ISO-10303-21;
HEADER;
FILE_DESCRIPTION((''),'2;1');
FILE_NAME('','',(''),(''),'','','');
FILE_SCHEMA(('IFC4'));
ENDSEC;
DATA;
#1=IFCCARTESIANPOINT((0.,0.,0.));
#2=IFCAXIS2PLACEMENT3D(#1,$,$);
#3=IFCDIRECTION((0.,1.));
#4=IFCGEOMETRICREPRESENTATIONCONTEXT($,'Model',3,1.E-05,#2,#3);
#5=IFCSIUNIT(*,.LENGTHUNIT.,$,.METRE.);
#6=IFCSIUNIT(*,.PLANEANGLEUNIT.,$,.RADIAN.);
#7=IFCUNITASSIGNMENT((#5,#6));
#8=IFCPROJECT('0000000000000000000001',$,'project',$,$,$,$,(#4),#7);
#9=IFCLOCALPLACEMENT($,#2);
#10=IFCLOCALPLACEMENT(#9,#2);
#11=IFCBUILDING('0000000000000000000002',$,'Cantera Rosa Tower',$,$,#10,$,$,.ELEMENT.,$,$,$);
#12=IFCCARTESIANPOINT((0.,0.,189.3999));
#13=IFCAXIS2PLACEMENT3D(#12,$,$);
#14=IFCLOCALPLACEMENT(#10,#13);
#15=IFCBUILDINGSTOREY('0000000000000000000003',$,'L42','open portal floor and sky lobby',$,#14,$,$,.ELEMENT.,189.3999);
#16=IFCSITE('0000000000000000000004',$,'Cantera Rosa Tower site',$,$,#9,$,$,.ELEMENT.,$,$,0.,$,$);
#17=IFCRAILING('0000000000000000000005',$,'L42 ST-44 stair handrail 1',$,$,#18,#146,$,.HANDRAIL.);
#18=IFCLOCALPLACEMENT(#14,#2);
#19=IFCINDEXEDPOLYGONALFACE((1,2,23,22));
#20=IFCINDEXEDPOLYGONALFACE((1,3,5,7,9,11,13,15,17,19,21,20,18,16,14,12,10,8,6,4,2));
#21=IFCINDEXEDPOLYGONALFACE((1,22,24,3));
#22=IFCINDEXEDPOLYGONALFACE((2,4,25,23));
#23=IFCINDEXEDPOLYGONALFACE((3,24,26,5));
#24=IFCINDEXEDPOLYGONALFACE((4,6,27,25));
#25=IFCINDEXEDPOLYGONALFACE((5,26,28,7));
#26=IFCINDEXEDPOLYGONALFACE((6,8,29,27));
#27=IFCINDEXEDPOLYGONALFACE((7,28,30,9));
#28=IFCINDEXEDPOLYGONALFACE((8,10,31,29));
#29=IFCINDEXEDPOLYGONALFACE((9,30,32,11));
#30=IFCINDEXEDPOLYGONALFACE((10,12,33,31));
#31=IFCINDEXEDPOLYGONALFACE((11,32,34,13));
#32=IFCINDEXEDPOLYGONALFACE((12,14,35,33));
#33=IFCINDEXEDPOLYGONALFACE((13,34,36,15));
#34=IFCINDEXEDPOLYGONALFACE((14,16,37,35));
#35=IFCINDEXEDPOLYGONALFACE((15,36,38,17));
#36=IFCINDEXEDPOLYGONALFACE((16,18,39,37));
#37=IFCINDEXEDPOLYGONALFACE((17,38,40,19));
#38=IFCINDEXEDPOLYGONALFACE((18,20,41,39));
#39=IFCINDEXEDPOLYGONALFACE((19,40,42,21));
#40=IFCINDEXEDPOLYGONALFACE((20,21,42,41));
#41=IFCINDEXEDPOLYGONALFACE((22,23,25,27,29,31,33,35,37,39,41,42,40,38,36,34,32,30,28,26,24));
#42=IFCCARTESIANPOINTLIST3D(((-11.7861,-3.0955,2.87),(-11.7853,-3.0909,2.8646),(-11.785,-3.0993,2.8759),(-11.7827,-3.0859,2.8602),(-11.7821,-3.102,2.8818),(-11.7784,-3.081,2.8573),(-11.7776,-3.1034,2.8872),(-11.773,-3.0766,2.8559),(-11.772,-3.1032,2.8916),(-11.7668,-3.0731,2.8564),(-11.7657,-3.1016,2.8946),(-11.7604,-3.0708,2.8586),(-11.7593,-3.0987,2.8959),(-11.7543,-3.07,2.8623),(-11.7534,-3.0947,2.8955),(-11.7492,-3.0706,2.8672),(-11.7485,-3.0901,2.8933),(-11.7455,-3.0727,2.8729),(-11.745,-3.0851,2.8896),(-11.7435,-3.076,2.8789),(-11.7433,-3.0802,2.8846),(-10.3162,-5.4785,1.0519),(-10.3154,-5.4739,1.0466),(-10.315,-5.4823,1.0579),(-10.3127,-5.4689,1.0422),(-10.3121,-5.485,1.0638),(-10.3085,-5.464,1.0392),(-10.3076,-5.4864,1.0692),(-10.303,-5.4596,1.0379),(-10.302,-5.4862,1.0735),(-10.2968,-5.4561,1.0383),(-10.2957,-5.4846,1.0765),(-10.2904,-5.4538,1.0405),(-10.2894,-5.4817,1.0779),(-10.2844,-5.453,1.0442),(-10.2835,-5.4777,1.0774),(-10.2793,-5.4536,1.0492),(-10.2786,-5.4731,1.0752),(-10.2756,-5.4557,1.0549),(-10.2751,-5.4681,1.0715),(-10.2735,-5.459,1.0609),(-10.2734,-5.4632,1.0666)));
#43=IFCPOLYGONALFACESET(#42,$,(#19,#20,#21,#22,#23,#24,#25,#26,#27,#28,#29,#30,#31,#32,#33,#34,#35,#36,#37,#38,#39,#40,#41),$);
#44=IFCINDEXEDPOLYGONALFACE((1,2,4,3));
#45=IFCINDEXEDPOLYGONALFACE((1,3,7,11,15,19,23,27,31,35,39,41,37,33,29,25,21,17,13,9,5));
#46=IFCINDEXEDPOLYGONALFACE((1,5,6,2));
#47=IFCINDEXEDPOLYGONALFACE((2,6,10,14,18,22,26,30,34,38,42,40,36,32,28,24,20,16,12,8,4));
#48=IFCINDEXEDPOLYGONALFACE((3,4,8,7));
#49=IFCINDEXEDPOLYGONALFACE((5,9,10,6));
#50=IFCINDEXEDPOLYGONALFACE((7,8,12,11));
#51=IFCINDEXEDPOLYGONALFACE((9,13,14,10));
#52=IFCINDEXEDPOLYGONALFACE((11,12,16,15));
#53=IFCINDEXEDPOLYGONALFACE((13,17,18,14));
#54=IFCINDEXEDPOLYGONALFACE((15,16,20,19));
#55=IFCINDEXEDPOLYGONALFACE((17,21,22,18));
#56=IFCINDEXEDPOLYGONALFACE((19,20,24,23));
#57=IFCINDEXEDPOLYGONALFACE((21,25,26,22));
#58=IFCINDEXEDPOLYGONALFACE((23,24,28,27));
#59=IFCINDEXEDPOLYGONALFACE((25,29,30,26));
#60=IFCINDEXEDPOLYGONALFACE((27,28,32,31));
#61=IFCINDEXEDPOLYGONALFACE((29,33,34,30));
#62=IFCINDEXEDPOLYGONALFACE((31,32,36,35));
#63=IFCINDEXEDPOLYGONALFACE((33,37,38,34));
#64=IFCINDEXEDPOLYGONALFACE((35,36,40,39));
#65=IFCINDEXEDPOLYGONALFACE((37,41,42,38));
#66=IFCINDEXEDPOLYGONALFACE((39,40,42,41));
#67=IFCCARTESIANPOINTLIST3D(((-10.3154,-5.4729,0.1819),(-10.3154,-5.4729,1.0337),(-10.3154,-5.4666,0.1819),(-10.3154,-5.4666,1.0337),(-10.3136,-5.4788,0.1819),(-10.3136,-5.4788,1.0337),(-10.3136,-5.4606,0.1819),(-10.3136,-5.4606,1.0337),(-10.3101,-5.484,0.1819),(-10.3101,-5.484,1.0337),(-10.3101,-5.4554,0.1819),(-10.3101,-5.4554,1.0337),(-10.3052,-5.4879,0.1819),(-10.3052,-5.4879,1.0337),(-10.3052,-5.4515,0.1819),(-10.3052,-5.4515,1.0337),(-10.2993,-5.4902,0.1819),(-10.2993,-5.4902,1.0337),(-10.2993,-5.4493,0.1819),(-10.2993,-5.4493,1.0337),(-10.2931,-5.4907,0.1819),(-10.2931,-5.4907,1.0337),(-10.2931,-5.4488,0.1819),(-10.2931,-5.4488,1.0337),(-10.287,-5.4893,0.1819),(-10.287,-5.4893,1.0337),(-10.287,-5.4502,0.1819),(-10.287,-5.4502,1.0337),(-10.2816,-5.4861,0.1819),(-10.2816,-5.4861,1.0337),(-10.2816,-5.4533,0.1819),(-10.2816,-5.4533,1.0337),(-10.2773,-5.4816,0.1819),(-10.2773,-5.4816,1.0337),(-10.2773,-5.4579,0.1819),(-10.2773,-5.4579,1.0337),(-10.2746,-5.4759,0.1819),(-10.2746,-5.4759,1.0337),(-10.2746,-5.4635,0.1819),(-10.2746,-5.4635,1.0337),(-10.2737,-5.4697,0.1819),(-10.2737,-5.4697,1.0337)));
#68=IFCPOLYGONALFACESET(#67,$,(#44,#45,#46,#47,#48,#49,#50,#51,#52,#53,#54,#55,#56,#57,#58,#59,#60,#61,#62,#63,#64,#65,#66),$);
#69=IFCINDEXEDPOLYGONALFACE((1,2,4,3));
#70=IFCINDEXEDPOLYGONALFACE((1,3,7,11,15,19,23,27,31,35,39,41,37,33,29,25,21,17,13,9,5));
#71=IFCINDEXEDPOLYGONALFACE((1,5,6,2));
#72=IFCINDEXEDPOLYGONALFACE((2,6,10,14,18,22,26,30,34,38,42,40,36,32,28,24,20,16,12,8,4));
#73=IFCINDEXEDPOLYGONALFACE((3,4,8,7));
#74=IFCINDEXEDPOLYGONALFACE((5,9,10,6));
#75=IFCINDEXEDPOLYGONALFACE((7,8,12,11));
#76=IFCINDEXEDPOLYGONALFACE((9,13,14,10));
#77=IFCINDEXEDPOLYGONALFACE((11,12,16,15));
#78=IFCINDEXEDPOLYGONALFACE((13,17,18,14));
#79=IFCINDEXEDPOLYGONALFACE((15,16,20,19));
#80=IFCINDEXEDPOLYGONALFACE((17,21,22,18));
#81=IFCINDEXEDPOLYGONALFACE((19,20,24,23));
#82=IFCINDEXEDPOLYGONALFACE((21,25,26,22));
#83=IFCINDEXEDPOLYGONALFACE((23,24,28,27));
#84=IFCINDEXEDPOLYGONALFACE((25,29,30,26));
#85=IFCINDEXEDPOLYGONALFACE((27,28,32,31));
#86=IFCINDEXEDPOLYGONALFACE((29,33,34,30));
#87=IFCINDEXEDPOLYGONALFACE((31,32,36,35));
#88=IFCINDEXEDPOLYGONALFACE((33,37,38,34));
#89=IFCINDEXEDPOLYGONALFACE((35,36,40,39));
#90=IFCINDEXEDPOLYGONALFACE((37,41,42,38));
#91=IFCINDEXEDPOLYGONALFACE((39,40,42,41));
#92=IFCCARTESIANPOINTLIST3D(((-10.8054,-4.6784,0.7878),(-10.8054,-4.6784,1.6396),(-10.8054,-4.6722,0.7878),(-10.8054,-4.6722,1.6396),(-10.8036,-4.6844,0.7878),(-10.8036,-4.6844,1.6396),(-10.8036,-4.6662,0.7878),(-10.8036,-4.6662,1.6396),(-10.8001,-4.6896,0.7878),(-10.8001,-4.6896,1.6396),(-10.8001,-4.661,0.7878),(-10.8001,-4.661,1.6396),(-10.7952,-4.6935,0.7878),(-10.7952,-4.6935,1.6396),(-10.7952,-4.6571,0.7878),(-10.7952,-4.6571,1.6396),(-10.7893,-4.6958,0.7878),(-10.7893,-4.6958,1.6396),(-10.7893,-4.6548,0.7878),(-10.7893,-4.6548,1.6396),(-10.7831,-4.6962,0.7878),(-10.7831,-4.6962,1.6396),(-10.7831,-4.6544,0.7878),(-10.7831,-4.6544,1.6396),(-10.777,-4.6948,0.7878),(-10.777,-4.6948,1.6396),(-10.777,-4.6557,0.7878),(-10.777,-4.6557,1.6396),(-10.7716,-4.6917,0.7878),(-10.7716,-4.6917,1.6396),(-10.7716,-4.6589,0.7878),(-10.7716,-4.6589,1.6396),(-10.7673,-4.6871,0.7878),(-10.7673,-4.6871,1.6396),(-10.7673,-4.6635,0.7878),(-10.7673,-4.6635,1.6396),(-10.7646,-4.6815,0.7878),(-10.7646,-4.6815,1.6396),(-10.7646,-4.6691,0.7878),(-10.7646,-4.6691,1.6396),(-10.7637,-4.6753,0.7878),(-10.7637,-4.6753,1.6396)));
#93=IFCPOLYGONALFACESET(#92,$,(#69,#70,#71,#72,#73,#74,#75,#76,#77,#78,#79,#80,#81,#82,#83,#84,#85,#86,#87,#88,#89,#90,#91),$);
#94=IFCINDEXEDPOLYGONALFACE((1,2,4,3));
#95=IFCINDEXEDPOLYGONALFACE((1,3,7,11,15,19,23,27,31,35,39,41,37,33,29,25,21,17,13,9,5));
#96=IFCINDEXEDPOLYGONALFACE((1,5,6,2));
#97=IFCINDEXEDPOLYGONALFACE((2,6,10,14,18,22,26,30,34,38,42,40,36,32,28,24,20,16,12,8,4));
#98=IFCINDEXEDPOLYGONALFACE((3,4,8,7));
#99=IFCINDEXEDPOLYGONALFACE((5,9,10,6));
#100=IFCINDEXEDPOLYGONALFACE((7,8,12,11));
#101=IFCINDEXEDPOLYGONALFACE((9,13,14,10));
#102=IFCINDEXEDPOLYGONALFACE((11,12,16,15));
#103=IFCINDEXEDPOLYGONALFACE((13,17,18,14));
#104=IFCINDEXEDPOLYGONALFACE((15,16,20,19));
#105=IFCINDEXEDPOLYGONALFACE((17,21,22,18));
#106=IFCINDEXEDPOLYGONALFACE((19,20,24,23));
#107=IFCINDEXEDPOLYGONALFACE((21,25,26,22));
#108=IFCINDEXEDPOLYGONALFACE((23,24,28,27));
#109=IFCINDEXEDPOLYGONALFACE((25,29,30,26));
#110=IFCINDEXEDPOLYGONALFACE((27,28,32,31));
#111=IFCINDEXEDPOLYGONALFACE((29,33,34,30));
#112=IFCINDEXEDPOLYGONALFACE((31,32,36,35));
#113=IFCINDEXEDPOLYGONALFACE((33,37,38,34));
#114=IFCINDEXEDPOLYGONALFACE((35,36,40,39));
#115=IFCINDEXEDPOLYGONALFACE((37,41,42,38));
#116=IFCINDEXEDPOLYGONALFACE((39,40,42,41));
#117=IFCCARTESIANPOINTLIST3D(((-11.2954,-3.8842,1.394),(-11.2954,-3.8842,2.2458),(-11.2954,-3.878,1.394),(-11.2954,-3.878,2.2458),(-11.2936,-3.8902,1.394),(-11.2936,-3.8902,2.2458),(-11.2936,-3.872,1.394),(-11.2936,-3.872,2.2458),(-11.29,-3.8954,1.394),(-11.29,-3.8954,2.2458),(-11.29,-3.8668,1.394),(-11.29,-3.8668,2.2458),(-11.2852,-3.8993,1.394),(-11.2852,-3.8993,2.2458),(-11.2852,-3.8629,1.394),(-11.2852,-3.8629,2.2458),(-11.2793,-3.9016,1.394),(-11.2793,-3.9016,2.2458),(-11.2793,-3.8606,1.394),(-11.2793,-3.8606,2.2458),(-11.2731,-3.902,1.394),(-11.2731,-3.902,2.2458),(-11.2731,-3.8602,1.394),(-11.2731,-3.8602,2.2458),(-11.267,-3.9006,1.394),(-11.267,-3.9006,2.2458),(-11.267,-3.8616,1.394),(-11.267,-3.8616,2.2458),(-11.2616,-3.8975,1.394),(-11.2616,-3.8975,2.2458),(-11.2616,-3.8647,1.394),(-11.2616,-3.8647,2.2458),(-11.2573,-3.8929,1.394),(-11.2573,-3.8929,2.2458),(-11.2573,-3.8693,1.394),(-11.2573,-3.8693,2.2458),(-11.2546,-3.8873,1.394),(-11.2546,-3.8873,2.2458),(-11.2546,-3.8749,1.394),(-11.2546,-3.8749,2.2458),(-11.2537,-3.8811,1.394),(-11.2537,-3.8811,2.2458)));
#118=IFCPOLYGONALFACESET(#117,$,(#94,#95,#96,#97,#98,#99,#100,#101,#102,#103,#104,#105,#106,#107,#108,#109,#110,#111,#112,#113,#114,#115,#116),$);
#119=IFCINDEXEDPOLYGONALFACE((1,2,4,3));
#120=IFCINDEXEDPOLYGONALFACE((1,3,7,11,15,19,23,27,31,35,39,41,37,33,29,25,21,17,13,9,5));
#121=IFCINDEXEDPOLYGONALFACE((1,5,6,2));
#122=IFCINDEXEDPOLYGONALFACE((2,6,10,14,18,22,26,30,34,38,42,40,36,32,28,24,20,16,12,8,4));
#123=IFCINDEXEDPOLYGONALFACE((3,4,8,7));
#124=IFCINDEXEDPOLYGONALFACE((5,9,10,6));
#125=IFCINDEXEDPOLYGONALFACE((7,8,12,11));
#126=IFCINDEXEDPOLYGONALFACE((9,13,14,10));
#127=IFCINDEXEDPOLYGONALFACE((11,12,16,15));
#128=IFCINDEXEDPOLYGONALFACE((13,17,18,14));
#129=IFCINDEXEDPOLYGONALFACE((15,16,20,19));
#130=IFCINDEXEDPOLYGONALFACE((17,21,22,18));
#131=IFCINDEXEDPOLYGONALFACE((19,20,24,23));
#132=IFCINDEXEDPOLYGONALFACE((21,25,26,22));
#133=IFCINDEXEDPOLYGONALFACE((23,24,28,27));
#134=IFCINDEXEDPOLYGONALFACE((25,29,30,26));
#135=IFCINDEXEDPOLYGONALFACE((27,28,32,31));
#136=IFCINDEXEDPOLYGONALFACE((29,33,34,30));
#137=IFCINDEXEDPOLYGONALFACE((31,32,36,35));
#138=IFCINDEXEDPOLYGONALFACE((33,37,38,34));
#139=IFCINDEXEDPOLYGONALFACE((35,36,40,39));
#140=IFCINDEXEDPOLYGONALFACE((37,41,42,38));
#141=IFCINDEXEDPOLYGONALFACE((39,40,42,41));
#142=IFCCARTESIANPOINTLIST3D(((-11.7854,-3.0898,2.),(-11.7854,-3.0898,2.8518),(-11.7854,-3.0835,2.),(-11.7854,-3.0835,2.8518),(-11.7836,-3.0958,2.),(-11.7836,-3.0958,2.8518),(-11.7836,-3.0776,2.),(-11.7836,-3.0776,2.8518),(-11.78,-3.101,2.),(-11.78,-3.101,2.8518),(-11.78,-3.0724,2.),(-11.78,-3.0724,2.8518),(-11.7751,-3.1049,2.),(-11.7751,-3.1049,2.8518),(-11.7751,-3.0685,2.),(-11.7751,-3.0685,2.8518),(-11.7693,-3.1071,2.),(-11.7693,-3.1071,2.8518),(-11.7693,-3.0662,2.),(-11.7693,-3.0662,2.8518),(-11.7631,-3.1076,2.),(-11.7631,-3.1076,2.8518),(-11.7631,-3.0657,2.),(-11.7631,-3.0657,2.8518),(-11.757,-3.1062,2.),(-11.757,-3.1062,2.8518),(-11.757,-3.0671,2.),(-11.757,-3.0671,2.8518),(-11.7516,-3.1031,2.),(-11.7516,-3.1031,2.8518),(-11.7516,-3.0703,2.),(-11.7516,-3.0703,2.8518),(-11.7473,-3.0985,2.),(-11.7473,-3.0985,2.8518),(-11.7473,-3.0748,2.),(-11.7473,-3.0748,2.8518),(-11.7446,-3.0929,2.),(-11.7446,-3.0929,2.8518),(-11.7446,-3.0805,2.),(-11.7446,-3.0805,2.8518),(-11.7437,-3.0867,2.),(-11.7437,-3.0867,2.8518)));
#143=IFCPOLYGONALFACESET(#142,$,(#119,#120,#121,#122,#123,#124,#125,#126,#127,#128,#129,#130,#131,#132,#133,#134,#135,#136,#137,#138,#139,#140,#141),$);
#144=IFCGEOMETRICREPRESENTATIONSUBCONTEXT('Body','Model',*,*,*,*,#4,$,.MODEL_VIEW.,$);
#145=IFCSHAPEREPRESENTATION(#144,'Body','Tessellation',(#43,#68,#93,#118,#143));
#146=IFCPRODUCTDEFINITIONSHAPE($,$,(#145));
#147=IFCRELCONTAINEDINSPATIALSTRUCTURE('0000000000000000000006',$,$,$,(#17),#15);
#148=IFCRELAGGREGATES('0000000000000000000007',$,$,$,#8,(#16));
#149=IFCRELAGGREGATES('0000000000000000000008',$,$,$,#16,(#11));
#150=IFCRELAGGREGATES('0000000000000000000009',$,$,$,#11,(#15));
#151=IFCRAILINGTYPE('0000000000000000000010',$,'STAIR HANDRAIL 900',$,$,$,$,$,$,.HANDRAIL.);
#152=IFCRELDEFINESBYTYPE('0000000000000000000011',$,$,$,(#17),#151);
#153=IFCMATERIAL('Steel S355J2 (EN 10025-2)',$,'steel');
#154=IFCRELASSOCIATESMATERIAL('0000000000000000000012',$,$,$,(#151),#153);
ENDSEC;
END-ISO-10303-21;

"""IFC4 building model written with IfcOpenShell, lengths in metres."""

from ifc_helpers import new_model, si_unit, direction, frame, origin, origin_2d, place, context, subcontext, project, spatial, circle, extrude, material, type_object, element, save


model = new_model("IFC4")

# Units and contexts
model_context = context("Model", 3, precision=1e-05, world=origin(), true_north=direction((0.0, 1.0)))
body_context = subcontext(model_context, "Body", "Model", "MODEL_VIEW")
ifc_project = project(units=[si_unit("LENGTHUNIT", "METRE"), si_unit("PLANEANGLEUNIT", "RADIAN")], contexts=[model_context])

# Site, building, storey
site_placement = place(None, origin())
site = spatial("IfcSite", under=ifc_project, at=site_placement, Name="Cantera Rosa Tower site", CompositionType="ELEMENT", RefElevation=0.0)
building_placement = place(site_placement, origin())
building = spatial("IfcBuilding", under=site, at=building_placement, Name="Cantera Rosa Tower", CompositionType="ELEMENT")
storey_placement = place(building_placement, frame((0.0, 0.0, 189.3999)))
storey = spatial("IfcBuildingStorey", under=building, at=storey_placement, Name="L42", Description="open portal floor and sky lobby", CompositionType="ELEMENT", Elevation=189.3999)

# Railing
ifc_material_1 = material(Name="Steel S355J2 (EN 10025-2)", Category="steel")
railing_type_1 = type_object("IfcRailingType", Name="STAIR HANDRAIL 900", PredefinedType="HANDRAIL", material=ifc_material_1)
for number, where, name in (
    (1, (-10.2947, -5.4697, 0.1819), "L42 ST-44 stair handrail 1"),
):
    element("IfcRailing", number, at=place(storey_placement, frame(where)), inside=storey, type_object=railing_type_1, Name=name, PredefinedType="HANDRAIL", context=body_context, shape_type="SweptSolid", body=[
        extrude(circle(Radius=0.0239, at=origin_2d()), frame((0.0, 0.0, 0.876), z_axis=(-0.440314, 0.713819, 0.544597), x_axis=(-0.851104, -0.524997, 0.0)), (0.0, 0.0, 1.0), 3.3384),
        extrude(circle(Radius=0.021, at=origin_2d()), origin(), (0.0, 0.0, 1.0), 0.8518),
        extrude(circle(Radius=0.021, at=origin_2d()), frame((-0.49, 0.7944, 0.606)), (0.0, 0.0, 1.0), 0.8518),
        extrude(circle(Radius=0.021, at=origin_2d()), frame((-0.98, 1.5886, 1.2122)), (0.0, 0.0, 1.0), 0.8518),
        extrude(circle(Radius=0.021, at=origin_2d()), frame((-1.47, 2.3831, 1.8181)), (0.0, 0.0, 1.0), 0.8518),
    ])

save(model, "model.ifc")
